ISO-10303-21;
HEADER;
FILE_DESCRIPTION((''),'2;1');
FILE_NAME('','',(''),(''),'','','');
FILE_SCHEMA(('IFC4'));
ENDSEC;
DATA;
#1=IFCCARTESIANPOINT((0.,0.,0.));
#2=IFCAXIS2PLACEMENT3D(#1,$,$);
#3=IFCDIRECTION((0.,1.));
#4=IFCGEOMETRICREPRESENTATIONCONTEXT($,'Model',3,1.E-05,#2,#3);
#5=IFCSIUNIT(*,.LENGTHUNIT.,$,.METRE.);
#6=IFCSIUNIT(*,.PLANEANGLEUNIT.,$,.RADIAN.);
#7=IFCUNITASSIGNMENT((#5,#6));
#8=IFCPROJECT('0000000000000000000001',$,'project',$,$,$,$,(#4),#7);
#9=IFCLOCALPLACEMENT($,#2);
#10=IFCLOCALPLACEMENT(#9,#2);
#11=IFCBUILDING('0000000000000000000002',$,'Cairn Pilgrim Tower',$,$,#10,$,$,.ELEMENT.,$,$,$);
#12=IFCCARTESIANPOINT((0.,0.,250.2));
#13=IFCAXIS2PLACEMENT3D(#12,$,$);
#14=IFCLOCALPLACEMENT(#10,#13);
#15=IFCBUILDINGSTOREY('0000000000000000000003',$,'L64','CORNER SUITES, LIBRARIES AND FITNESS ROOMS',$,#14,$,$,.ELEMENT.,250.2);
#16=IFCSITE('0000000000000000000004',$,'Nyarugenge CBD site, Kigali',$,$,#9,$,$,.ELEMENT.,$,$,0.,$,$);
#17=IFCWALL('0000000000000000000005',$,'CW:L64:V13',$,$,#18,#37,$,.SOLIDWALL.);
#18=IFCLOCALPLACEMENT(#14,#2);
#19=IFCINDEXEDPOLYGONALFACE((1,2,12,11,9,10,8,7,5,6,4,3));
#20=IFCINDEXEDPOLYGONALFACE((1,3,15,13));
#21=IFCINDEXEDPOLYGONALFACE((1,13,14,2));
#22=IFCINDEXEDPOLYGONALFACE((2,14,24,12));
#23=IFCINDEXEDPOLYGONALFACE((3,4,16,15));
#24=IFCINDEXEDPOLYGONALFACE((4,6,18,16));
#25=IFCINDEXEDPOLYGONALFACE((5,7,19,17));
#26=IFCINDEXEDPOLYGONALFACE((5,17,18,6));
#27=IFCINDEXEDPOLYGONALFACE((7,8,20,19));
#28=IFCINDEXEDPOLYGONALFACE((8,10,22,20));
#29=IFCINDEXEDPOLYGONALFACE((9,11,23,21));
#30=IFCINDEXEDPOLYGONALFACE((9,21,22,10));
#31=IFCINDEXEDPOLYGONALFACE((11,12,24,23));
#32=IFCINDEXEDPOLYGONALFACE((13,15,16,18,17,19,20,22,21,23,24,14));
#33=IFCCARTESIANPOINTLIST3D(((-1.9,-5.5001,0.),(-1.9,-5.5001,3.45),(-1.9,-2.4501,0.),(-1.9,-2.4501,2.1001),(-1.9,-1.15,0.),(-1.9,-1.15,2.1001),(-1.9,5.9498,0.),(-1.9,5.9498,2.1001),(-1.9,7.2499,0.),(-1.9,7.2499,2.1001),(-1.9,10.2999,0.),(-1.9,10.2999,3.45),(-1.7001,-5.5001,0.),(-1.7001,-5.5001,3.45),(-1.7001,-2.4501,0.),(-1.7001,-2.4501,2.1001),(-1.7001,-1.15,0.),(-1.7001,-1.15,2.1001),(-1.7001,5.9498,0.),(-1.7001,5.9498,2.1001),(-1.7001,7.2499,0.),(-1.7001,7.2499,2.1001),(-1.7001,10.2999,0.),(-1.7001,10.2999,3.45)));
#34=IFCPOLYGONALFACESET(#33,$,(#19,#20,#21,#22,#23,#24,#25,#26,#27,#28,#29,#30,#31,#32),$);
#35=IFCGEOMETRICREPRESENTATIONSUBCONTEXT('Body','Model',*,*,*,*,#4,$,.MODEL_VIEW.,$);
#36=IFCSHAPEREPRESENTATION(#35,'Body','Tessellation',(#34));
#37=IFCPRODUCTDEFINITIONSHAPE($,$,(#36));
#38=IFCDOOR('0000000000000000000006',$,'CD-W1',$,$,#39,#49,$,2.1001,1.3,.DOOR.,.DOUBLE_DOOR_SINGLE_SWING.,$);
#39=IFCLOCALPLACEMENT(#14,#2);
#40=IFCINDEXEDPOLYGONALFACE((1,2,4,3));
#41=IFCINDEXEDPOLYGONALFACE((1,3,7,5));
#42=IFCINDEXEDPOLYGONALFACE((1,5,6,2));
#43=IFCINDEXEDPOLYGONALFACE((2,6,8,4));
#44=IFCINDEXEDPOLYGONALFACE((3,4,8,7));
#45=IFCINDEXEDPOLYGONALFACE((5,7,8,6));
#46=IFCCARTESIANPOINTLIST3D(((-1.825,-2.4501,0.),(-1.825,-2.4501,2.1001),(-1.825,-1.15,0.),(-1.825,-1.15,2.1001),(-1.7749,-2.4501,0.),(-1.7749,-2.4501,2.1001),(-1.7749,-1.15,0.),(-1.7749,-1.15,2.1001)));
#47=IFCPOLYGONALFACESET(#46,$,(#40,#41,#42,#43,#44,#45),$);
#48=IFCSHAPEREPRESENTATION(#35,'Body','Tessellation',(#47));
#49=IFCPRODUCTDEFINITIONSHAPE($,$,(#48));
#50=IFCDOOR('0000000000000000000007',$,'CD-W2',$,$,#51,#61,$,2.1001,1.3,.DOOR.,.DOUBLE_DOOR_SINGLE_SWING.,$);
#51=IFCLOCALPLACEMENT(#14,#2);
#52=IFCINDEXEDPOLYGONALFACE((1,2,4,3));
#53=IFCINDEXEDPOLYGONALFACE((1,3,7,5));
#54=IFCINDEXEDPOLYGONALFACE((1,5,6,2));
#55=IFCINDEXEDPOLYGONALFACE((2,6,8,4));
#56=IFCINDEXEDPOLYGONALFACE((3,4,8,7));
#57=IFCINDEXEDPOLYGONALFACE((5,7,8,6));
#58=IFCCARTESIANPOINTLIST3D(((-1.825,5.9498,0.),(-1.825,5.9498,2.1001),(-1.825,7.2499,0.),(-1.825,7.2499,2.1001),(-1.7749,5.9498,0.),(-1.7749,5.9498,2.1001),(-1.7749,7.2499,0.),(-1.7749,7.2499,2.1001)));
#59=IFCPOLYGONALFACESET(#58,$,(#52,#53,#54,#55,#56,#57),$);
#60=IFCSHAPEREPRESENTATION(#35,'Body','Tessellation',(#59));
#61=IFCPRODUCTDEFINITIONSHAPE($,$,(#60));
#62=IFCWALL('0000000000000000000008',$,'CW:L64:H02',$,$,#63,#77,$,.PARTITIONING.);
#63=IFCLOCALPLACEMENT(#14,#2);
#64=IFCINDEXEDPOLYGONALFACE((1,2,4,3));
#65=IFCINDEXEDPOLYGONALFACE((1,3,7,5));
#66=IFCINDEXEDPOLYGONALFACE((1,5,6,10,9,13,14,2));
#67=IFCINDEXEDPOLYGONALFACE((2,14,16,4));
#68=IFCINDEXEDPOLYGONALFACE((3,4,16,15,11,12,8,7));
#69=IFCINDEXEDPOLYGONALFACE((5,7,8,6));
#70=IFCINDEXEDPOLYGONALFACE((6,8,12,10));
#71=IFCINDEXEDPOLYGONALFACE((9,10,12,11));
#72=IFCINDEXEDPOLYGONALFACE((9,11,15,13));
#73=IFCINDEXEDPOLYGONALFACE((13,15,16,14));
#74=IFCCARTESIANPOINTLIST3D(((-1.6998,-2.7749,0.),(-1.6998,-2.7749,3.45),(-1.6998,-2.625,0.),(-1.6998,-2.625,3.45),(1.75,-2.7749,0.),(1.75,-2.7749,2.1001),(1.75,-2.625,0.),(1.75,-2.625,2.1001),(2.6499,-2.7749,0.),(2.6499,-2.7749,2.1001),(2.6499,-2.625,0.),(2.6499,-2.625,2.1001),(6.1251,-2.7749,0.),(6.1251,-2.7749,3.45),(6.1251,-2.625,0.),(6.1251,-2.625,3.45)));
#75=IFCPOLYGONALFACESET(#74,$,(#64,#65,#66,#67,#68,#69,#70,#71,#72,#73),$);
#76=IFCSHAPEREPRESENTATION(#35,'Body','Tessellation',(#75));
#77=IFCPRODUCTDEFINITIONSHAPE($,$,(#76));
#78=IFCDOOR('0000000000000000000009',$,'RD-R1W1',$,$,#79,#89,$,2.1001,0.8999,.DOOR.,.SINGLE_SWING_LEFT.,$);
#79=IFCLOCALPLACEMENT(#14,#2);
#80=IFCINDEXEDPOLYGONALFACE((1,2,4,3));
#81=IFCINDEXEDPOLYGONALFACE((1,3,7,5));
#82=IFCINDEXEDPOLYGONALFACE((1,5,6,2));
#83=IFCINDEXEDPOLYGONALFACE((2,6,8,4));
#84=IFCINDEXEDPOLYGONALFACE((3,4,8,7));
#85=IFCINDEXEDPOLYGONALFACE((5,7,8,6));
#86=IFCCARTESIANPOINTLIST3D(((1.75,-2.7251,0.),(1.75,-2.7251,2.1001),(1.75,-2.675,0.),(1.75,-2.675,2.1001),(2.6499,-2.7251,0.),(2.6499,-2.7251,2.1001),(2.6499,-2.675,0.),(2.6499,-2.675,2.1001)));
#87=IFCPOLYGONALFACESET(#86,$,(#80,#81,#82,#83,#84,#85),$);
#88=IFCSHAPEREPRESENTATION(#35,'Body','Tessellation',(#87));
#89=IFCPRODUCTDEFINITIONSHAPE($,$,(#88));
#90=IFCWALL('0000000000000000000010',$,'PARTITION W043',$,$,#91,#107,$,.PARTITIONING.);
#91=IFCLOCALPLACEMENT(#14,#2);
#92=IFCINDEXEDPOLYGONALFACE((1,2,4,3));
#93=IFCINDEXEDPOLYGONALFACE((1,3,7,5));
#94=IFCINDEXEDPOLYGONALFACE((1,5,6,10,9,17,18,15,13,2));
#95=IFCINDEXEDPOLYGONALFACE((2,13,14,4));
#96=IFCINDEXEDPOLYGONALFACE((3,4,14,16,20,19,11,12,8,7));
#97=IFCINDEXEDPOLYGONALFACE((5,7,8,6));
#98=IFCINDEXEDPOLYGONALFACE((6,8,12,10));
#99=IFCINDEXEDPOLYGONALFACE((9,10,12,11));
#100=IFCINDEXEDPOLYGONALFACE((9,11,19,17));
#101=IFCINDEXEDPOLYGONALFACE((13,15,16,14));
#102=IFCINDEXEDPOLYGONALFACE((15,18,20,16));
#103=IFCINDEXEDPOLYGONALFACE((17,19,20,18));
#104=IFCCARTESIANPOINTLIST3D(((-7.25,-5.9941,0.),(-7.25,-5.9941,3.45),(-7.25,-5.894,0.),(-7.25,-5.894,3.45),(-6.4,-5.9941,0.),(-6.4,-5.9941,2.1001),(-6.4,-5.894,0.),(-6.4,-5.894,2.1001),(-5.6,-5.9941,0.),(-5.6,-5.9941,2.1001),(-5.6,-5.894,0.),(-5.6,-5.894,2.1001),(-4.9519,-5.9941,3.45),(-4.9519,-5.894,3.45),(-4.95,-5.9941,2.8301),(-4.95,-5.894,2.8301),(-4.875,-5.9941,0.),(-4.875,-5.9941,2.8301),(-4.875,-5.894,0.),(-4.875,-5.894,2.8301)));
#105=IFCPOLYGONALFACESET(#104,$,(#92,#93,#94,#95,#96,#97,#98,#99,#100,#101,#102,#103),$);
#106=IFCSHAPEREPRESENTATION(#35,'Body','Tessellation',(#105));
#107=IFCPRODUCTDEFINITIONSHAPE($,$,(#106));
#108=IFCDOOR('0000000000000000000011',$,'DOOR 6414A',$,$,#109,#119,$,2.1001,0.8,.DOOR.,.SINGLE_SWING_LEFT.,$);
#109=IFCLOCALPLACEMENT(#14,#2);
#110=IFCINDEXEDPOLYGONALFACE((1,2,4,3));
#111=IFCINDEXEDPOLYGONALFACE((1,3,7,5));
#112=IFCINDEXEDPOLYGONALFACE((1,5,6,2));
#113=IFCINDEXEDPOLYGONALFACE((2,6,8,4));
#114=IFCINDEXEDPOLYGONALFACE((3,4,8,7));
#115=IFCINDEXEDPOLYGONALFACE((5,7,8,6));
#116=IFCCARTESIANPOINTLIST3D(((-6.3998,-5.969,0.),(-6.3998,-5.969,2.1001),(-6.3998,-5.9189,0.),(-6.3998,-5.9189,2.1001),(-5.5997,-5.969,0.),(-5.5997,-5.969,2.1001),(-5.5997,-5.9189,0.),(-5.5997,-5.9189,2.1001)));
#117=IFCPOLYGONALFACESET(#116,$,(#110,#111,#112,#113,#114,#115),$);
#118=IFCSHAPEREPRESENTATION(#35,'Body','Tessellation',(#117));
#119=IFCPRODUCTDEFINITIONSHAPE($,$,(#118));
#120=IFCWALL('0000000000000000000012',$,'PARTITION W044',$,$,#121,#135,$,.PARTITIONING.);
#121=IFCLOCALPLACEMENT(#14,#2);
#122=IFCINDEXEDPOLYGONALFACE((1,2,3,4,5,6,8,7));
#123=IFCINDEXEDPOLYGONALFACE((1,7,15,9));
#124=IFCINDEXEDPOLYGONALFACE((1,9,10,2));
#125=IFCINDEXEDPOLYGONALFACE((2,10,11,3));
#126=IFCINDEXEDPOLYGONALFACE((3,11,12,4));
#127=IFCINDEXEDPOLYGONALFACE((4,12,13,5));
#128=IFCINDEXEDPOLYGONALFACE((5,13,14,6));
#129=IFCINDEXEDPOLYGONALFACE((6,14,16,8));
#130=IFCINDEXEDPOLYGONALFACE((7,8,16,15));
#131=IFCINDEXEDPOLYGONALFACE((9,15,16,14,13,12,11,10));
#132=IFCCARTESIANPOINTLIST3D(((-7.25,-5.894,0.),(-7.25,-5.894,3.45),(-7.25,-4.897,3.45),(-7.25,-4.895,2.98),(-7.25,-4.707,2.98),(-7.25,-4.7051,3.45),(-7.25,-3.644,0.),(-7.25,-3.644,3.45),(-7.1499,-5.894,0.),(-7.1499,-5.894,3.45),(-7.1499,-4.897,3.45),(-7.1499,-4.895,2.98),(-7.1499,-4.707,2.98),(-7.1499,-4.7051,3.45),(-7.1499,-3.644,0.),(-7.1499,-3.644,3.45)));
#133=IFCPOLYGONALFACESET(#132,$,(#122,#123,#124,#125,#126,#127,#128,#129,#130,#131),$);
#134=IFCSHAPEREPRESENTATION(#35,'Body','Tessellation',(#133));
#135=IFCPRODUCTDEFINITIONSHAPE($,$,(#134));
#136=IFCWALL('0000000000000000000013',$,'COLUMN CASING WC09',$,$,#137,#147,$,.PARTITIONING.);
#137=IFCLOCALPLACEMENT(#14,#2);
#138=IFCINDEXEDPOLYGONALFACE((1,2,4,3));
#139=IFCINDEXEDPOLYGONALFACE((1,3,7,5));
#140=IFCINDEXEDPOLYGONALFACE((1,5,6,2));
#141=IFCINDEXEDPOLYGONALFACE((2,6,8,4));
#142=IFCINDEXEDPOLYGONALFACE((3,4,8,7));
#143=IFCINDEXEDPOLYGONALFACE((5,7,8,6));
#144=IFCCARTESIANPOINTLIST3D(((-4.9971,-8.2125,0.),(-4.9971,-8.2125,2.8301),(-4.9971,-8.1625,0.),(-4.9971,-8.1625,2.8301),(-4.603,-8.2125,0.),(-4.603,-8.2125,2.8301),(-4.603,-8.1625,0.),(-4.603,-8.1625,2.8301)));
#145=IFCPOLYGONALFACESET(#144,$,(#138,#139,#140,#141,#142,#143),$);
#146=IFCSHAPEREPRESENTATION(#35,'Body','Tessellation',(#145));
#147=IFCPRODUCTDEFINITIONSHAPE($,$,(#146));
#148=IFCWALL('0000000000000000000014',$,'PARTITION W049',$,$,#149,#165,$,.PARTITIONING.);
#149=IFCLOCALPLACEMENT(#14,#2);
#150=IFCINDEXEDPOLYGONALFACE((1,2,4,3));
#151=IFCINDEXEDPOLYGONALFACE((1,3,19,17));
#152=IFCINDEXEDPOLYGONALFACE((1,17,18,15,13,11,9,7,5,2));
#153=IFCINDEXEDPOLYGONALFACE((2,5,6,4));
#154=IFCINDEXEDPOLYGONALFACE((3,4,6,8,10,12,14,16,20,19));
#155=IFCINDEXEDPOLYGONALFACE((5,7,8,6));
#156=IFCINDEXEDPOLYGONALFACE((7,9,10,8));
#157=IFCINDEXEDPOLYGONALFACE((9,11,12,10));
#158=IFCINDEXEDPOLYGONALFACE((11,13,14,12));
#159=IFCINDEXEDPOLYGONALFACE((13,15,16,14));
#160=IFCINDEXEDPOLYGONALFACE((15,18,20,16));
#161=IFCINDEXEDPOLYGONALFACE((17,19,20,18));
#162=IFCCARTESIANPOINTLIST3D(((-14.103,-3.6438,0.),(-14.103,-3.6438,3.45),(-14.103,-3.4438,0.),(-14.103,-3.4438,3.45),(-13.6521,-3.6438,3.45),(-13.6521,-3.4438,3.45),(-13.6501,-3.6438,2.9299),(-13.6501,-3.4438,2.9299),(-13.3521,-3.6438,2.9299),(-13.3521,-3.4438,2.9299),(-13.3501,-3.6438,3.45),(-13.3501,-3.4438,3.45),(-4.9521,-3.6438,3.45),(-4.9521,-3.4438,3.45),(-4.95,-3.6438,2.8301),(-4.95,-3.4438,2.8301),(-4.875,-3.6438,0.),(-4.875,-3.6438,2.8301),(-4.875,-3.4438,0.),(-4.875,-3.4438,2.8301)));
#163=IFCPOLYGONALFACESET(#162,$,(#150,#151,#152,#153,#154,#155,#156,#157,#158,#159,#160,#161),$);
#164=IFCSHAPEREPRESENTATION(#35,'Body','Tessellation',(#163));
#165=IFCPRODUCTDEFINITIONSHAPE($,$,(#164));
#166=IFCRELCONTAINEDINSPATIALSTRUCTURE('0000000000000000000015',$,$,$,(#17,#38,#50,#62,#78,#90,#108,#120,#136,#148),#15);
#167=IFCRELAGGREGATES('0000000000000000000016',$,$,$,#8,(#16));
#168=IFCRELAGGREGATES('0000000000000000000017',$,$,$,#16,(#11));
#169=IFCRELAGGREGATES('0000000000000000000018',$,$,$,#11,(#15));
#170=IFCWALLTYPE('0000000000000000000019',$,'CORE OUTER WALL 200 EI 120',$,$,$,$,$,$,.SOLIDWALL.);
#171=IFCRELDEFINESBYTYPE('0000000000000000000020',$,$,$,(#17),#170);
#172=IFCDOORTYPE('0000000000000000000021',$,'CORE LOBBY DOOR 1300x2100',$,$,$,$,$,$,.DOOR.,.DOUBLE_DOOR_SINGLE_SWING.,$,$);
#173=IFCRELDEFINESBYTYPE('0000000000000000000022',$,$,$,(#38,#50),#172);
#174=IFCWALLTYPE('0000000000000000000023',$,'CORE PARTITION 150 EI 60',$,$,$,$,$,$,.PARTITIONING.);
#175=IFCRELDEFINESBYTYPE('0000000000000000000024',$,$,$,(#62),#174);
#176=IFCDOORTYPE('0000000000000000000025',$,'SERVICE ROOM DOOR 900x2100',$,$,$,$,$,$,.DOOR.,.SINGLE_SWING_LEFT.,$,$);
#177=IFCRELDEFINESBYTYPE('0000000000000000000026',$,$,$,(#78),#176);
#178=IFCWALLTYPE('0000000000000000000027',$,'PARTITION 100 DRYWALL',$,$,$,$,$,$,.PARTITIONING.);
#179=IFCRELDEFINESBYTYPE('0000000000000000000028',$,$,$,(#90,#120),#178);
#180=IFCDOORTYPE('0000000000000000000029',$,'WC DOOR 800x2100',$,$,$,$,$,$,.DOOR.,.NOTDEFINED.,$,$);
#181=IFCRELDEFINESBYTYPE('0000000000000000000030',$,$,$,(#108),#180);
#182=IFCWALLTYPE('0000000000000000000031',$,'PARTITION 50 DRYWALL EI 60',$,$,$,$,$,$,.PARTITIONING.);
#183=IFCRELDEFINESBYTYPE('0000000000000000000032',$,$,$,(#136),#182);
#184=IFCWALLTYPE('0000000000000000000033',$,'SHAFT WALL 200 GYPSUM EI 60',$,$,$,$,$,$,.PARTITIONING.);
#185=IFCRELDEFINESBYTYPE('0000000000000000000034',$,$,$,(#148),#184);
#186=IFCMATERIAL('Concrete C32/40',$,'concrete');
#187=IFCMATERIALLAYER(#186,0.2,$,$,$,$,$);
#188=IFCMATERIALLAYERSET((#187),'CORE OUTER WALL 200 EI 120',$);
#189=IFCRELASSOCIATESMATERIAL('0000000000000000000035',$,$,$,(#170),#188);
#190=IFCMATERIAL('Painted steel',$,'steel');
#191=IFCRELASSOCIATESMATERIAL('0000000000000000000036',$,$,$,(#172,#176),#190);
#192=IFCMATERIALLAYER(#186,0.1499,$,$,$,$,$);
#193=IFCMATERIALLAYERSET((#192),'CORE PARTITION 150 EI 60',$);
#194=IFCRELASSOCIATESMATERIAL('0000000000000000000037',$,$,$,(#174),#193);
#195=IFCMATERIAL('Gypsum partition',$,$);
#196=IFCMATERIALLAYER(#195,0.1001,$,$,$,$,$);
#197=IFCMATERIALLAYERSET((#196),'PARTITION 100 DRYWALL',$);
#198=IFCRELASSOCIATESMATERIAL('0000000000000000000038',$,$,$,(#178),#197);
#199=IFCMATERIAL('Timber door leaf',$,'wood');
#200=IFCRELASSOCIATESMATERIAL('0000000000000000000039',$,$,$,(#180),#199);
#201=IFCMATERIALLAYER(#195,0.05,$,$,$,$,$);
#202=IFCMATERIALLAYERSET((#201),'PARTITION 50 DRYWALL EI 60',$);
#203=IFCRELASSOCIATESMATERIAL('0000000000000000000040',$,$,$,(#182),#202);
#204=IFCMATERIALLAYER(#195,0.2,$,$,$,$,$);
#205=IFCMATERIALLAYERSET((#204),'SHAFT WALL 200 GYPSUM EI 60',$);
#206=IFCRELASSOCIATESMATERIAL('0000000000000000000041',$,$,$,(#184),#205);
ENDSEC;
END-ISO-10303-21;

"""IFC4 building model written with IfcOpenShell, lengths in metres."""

from ifc_helpers import new_model, si_unit, direction, frame, frame_2d, origin, place, context, subcontext, project, spatial, polyline, rectangle, outline, extrude, material, layer, layer_set, type_object, element, fill, save


model = new_model("IFC4")

# Units and contexts
model_context = context("Model", 3, precision=1e-05, world=origin(), true_north=direction((0.0, 1.0)))
body_context = subcontext(model_context, "Body", "Model", "MODEL_VIEW")
ifc_project = project(units=[si_unit("LENGTHUNIT", "METRE"), si_unit("PLANEANGLEUNIT", "RADIAN")], contexts=[model_context])

# Site, building, storey
site_placement = place(None, origin())
site = spatial("IfcSite", under=ifc_project, at=site_placement, Name="Nyarugenge CBD site, Kigali", CompositionType="ELEMENT", RefElevation=0.0)
building_placement = place(site_placement, origin())
building = spatial("IfcBuilding", under=site, at=building_placement, Name="Cairn Pilgrim Tower", CompositionType="ELEMENT")
storey_placement = place(building_placement, frame((0.0, 0.0, 250.2)))
storey = spatial("IfcBuildingStorey", under=building, at=storey_placement, Name="L64", Description="CORNER SUITES, LIBRARIES AND FITNESS ROOMS", CompositionType="ELEMENT", Elevation=250.2)

# Shared definitions
ifc_material_1 = material(Name="Concrete C32/40", Category="concrete")
ifc_layer_1 = layer(ifc_material_1, 0.2)
ifc_layer_set_1 = layer_set([ifc_layer_1], Name="CORE OUTER WALL 200 EI 120")
wall_type_1 = type_object("IfcWallType", Name="CORE OUTER WALL 200 EI 120", PredefinedType="SOLIDWALL", material=ifc_layer_set_1)

# Wall, openings, doors
wall_1_placement = place(storey_placement, frame((-1.8, -5.5, 0.0), z_axis=(0.0, 0.0, 1.0), x_axis=(0.0, 1.0, 0.0)))
wall_1 = element("IfcWall", 1, at=wall_1_placement, inside=storey, type_object=wall_type_1, Name="CW:L64:V13", PredefinedType="SOLIDWALL", context=body_context, shape_type="SweptSolid", body=[
    extrude(rectangle(XDim=15.8, YDim=0.2, at=frame_2d((7.8999, 0.0))), origin(), (0.0, 0.0, 1.0), 3.45),
])
opening_1_placement = place(wall_1_placement, frame((3.05, 0.0, 0.0)))
opening_1 = element("IfcOpeningElement", 2, at=opening_1_placement, cuts=wall_1, PredefinedType="OPENING", context=body_context, shape_type="SweptSolid", body=[
    extrude(rectangle(XDim=1.3, YDim=2.1001, at=frame_2d((0.6499, 1.05))), frame((0.0, 0.1099, 0.0), z_axis=(0.0, -1.0, 0.0), x_axis=(1.0, 0.0, 0.0)), (0.0, 0.0, 1.0), 0.22),
])
opening_2_placement = place(wall_1_placement, frame((11.45, 0.0, 0.0)))
opening_2 = element("IfcOpeningElement", 3, at=opening_2_placement, cuts=wall_1, PredefinedType="OPENING", context=body_context, shape_type="SweptSolid", body=[
    extrude(rectangle(XDim=1.3, YDim=2.1001, at=frame_2d((0.6499, 1.05))), frame((0.0, 0.1099, 0.0), z_axis=(0.0, -1.0, 0.0), x_axis=(1.0, 0.0, 0.0)), (0.0, 0.0, 1.0), 0.22),
])
ifc_material_2 = material(Name="Painted steel", Category="steel")
door_type_1 = type_object("IfcDoorType", Name="CORE LOBBY DOOR 1300x2100", OperationType="DOUBLE_DOOR_SINGLE_SWING", PredefinedType="DOOR", material=ifc_material_2)
door_1_placement = place(opening_1_placement, origin())
door_1 = element("IfcDoor", 4, at=door_1_placement, inside=storey, type_object=door_type_1, Name="CD-W1", OperationType="DOUBLE_DOOR_SINGLE_SWING", OverallHeight=2.1001, OverallWidth=1.3, PredefinedType="DOOR", context=body_context, shape_type="SweptSolid", body=[
    extrude(rectangle(XDim=1.3, YDim=2.1001, at=frame_2d((0.6499, 1.05))), frame((0.0, 0.0249, 0.0), z_axis=(0.0, -1.0, 0.0), x_axis=(1.0, 0.0, 0.0)), (0.0, 0.0, 1.0), 0.05),
])
fill(opening_1, door_1)
door_2_placement = place(opening_2_placement, origin())
door_2 = element("IfcDoor", 5, at=door_2_placement, inside=storey, type_object=door_type_1, Name="CD-W2", OperationType="DOUBLE_DOOR_SINGLE_SWING", OverallHeight=2.1001, OverallWidth=1.3, PredefinedType="DOOR", context=body_context, shape_type="SweptSolid", body=[
    extrude(rectangle(XDim=1.3, YDim=2.1001, at=frame_2d((0.6499, 1.05))), frame((0.0, 0.0249, 0.0), z_axis=(0.0, -1.0, 0.0), x_axis=(1.0, 0.0, 0.0)), (0.0, 0.0, 1.0), 0.05),
])
fill(opening_2, door_2)

# Walls, openings, doors
ifc_layer_2 = layer(ifc_material_1, 0.1499)
ifc_layer_set_2 = layer_set([ifc_layer_2], Name="CORE PARTITION 150 EI 60")
wall_type_2 = type_object("IfcWallType", Name="CORE PARTITION 150 EI 60", PredefinedType="PARTITIONING", material=ifc_layer_set_2)
wall_2_placement = place(storey_placement, frame((-1.7, -2.7, 0.0), z_axis=(0.0, 0.0, 1.0), x_axis=(1.0, 0.0, 0.0)))
wall_2 = element("IfcWall", 6, at=wall_2_placement, inside=storey, type_object=wall_type_2, Name="CW:L64:H02", PredefinedType="PARTITIONING", context=body_context, shape_type="SweptSolid", body=[
    extrude(rectangle(XDim=7.825, YDim=0.1499, at=frame_2d((3.9126, 0.0))), origin(), (0.0, 0.0, 1.0), 3.45),
])
opening_3_placement = place(wall_2_placement, frame((3.45, 0.0, 0.0)))
opening_3 = element("IfcOpeningElement", 7, at=opening_3_placement, cuts=wall_2, PredefinedType="OPENING", context=body_context, shape_type="SweptSolid", body=[
    extrude(rectangle(XDim=0.8999, YDim=2.1001, at=frame_2d((0.45, 1.05))), frame((0.0, 0.085, 0.0), z_axis=(0.0, -1.0, 0.0), x_axis=(1.0, 0.0, 0.0)), (0.0, 0.0, 1.0), 0.1699),
])
door_type_2 = type_object("IfcDoorType", Name="SERVICE ROOM DOOR 900x2100", OperationType="SINGLE_SWING_LEFT", PredefinedType="DOOR", material=ifc_material_2)
door_3_placement = place(opening_3_placement, origin())
door_3 = element("IfcDoor", 8, at=door_3_placement, inside=storey, type_object=door_type_2, Name="RD-R1W1", OperationType="SINGLE_SWING_LEFT", OverallHeight=2.1001, OverallWidth=0.8999, PredefinedType="DOOR", context=body_context, shape_type="SweptSolid", body=[
    extrude(rectangle(XDim=0.8999, YDim=2.1001, at=frame_2d((0.45, 1.05))), frame((0.0, 0.0249, 0.0), z_axis=(0.0, -1.0, 0.0), x_axis=(1.0, 0.0, 0.0)), (0.0, 0.0, 1.0), 0.05),
])
fill(opening_3, door_3)
ifc_material_3 = material(Name="Gypsum partition")
ifc_layer_3 = layer(ifc_material_3, 0.1001)
ifc_layer_set_3 = layer_set([ifc_layer_3], Name="PARTITION 100 DRYWALL")
wall_type_3 = type_object("IfcWallType", Name="PARTITION 100 DRYWALL", PredefinedType="PARTITIONING", material=ifc_layer_set_3)
wall_3_placement = place(storey_placement, frame((-7.25, -5.9441, 0.0), z_axis=(0.0, 0.0, 1.0), x_axis=(1.0, 0.0, 0.0)))
wall_3 = element("IfcWall", 9, at=wall_3_placement, inside=storey, type_object=wall_type_3, Name="PARTITION W043", PredefinedType="PARTITIONING", context=body_context, shape_type="SweptSolid", body=[
    extrude(outline(polyline([(0.0, 0.0), (2.375, 0.0), (2.375, 2.8301), (2.3, 2.8301), (2.2981, 3.45), (0.0, 3.45), (0.0, 0.0)])), frame((0.0, 0.05, 0.0), z_axis=(0.0, -1.0, 0.0), x_axis=(1.0, 0.0, 0.0)), (0.0, 0.0, 1.0), 0.1001),
])
opening_4_placement = place(wall_3_placement, frame((0.8501, 0.0, 0.0)))
opening_4 = element("IfcOpeningElement", 10, at=opening_4_placement, cuts=wall_3, PredefinedType="OPENING", context=body_context, shape_type="SweptSolid", body=[
    extrude(rectangle(XDim=0.8, YDim=2.1001, at=frame_2d((0.3999, 1.05))), frame((0.0, 0.0601, 0.0), z_axis=(0.0, -1.0, 0.0), x_axis=(1.0, 0.0, 0.0)), (0.0, 0.0, 1.0), 0.1201),
])
ifc_material_4 = material(Name="Timber door leaf", Category="wood")
door_type_3 = type_object("IfcDoorType", Name="WC DOOR 800x2100", OperationType="NOTDEFINED", PredefinedType="DOOR", material=ifc_material_4)
door_4_placement = place(opening_4_placement, frame((0.8, 0.0, 0.0), z_axis=(0.0, 0.0, 1.0), x_axis=(-1.0, 0.0, 0.0)))
door_4 = element("IfcDoor", 11, at=door_4_placement, inside=storey, type_object=door_type_3, Name="DOOR 6414A", OperationType="SINGLE_SWING_LEFT", OverallHeight=2.1001, OverallWidth=0.8, PredefinedType="DOOR", context=body_context, shape_type="SweptSolid", body=[
    extrude(rectangle(XDim=0.8, YDim=2.1001, at=frame_2d((0.3999, 1.05))), frame((0.0, 0.0249, 0.0), z_axis=(0.0, -1.0, 0.0), x_axis=(1.0, 0.0, 0.0)), (0.0, 0.0, 1.0), 0.05),
])
fill(opening_4, door_4)

# Walls
wall_4_placement = place(storey_placement, frame((-7.2, -5.894, 0.0), z_axis=(0.0, 0.0, 1.0), x_axis=(0.0, 1.0, 0.0)))
element("IfcWall", 12, at=wall_4_placement, inside=storey, type_object=wall_type_3, Name="PARTITION W044", PredefinedType="PARTITIONING", context=body_context, shape_type="SweptSolid", body=[
    extrude(outline(polyline([(0.0, 0.0), (2.25, 0.0), (2.25, 3.45), (1.189, 3.45), (1.187, 2.98), (0.999, 2.98), (0.9971, 3.45), (0.0, 3.45), (0.0, 0.0)])), frame((0.0, 0.05, 0.0), z_axis=(0.0, -1.0, 0.0), x_axis=(1.0, 0.0, 0.0)), (0.0, 0.0, 1.0), 0.1001),
])
ifc_layer_4 = layer(ifc_material_3, 0.05)
ifc_layer_set_4 = layer_set([ifc_layer_4], Name="PARTITION 50 DRYWALL EI 60")
wall_type_4 = type_object("IfcWallType", Name="PARTITION 50 DRYWALL EI 60", PredefinedType="PARTITIONING", material=ifc_layer_set_4)
wall_5_placement = place(storey_placement, frame((-4.9971, -8.1875, 0.0), z_axis=(0.0, 0.0, 1.0), x_axis=(1.0, 0.0, 0.0)))
element("IfcWall", 13, at=wall_5_placement, inside=storey, type_object=wall_type_4, Name="COLUMN CASING WC09", PredefinedType="PARTITIONING", context=body_context, shape_type="SweptSolid", body=[
    extrude(rectangle(XDim=0.394, YDim=0.05, at=frame_2d((0.197, 0.0))), origin(), (0.0, 0.0, 1.0), 2.8301),
])
ifc_layer_5 = layer(ifc_material_3, 0.2)
ifc_layer_set_5 = layer_set([ifc_layer_5], Name="SHAFT WALL 200 GYPSUM EI 60")
wall_type_5 = type_object("IfcWallType", Name="SHAFT WALL 200 GYPSUM EI 60", PredefinedType="PARTITIONING", material=ifc_layer_set_5)
wall_6_placement = place(storey_placement, frame((-14.103, -3.5439, 0.0), z_axis=(0.0, 0.0, 1.0), x_axis=(1.0, 0.0, 0.0)))
element("IfcWall", 14, at=wall_6_placement, inside=storey, type_object=wall_type_5, Name="PARTITION W049", PredefinedType="PARTITIONING", context=body_context, shape_type="SweptSolid", body=[
    extrude(outline(polyline([(0.0, 0.0), (9.228, 0.0), (9.228, 2.8301), (9.1531, 2.8301), (9.1509, 3.45), (0.7529, 3.45), (0.751, 2.9299), (0.4529, 2.9299), (0.4509, 3.45), (0.0, 3.45), (0.0, 0.0)])), frame((0.0, 0.1001, 0.0), z_axis=(0.0, -1.0, 0.0), x_axis=(1.0, 0.0, 0.0)), (0.0, 0.0, 1.0), 0.2),
])

save(model, "model.ifc")
